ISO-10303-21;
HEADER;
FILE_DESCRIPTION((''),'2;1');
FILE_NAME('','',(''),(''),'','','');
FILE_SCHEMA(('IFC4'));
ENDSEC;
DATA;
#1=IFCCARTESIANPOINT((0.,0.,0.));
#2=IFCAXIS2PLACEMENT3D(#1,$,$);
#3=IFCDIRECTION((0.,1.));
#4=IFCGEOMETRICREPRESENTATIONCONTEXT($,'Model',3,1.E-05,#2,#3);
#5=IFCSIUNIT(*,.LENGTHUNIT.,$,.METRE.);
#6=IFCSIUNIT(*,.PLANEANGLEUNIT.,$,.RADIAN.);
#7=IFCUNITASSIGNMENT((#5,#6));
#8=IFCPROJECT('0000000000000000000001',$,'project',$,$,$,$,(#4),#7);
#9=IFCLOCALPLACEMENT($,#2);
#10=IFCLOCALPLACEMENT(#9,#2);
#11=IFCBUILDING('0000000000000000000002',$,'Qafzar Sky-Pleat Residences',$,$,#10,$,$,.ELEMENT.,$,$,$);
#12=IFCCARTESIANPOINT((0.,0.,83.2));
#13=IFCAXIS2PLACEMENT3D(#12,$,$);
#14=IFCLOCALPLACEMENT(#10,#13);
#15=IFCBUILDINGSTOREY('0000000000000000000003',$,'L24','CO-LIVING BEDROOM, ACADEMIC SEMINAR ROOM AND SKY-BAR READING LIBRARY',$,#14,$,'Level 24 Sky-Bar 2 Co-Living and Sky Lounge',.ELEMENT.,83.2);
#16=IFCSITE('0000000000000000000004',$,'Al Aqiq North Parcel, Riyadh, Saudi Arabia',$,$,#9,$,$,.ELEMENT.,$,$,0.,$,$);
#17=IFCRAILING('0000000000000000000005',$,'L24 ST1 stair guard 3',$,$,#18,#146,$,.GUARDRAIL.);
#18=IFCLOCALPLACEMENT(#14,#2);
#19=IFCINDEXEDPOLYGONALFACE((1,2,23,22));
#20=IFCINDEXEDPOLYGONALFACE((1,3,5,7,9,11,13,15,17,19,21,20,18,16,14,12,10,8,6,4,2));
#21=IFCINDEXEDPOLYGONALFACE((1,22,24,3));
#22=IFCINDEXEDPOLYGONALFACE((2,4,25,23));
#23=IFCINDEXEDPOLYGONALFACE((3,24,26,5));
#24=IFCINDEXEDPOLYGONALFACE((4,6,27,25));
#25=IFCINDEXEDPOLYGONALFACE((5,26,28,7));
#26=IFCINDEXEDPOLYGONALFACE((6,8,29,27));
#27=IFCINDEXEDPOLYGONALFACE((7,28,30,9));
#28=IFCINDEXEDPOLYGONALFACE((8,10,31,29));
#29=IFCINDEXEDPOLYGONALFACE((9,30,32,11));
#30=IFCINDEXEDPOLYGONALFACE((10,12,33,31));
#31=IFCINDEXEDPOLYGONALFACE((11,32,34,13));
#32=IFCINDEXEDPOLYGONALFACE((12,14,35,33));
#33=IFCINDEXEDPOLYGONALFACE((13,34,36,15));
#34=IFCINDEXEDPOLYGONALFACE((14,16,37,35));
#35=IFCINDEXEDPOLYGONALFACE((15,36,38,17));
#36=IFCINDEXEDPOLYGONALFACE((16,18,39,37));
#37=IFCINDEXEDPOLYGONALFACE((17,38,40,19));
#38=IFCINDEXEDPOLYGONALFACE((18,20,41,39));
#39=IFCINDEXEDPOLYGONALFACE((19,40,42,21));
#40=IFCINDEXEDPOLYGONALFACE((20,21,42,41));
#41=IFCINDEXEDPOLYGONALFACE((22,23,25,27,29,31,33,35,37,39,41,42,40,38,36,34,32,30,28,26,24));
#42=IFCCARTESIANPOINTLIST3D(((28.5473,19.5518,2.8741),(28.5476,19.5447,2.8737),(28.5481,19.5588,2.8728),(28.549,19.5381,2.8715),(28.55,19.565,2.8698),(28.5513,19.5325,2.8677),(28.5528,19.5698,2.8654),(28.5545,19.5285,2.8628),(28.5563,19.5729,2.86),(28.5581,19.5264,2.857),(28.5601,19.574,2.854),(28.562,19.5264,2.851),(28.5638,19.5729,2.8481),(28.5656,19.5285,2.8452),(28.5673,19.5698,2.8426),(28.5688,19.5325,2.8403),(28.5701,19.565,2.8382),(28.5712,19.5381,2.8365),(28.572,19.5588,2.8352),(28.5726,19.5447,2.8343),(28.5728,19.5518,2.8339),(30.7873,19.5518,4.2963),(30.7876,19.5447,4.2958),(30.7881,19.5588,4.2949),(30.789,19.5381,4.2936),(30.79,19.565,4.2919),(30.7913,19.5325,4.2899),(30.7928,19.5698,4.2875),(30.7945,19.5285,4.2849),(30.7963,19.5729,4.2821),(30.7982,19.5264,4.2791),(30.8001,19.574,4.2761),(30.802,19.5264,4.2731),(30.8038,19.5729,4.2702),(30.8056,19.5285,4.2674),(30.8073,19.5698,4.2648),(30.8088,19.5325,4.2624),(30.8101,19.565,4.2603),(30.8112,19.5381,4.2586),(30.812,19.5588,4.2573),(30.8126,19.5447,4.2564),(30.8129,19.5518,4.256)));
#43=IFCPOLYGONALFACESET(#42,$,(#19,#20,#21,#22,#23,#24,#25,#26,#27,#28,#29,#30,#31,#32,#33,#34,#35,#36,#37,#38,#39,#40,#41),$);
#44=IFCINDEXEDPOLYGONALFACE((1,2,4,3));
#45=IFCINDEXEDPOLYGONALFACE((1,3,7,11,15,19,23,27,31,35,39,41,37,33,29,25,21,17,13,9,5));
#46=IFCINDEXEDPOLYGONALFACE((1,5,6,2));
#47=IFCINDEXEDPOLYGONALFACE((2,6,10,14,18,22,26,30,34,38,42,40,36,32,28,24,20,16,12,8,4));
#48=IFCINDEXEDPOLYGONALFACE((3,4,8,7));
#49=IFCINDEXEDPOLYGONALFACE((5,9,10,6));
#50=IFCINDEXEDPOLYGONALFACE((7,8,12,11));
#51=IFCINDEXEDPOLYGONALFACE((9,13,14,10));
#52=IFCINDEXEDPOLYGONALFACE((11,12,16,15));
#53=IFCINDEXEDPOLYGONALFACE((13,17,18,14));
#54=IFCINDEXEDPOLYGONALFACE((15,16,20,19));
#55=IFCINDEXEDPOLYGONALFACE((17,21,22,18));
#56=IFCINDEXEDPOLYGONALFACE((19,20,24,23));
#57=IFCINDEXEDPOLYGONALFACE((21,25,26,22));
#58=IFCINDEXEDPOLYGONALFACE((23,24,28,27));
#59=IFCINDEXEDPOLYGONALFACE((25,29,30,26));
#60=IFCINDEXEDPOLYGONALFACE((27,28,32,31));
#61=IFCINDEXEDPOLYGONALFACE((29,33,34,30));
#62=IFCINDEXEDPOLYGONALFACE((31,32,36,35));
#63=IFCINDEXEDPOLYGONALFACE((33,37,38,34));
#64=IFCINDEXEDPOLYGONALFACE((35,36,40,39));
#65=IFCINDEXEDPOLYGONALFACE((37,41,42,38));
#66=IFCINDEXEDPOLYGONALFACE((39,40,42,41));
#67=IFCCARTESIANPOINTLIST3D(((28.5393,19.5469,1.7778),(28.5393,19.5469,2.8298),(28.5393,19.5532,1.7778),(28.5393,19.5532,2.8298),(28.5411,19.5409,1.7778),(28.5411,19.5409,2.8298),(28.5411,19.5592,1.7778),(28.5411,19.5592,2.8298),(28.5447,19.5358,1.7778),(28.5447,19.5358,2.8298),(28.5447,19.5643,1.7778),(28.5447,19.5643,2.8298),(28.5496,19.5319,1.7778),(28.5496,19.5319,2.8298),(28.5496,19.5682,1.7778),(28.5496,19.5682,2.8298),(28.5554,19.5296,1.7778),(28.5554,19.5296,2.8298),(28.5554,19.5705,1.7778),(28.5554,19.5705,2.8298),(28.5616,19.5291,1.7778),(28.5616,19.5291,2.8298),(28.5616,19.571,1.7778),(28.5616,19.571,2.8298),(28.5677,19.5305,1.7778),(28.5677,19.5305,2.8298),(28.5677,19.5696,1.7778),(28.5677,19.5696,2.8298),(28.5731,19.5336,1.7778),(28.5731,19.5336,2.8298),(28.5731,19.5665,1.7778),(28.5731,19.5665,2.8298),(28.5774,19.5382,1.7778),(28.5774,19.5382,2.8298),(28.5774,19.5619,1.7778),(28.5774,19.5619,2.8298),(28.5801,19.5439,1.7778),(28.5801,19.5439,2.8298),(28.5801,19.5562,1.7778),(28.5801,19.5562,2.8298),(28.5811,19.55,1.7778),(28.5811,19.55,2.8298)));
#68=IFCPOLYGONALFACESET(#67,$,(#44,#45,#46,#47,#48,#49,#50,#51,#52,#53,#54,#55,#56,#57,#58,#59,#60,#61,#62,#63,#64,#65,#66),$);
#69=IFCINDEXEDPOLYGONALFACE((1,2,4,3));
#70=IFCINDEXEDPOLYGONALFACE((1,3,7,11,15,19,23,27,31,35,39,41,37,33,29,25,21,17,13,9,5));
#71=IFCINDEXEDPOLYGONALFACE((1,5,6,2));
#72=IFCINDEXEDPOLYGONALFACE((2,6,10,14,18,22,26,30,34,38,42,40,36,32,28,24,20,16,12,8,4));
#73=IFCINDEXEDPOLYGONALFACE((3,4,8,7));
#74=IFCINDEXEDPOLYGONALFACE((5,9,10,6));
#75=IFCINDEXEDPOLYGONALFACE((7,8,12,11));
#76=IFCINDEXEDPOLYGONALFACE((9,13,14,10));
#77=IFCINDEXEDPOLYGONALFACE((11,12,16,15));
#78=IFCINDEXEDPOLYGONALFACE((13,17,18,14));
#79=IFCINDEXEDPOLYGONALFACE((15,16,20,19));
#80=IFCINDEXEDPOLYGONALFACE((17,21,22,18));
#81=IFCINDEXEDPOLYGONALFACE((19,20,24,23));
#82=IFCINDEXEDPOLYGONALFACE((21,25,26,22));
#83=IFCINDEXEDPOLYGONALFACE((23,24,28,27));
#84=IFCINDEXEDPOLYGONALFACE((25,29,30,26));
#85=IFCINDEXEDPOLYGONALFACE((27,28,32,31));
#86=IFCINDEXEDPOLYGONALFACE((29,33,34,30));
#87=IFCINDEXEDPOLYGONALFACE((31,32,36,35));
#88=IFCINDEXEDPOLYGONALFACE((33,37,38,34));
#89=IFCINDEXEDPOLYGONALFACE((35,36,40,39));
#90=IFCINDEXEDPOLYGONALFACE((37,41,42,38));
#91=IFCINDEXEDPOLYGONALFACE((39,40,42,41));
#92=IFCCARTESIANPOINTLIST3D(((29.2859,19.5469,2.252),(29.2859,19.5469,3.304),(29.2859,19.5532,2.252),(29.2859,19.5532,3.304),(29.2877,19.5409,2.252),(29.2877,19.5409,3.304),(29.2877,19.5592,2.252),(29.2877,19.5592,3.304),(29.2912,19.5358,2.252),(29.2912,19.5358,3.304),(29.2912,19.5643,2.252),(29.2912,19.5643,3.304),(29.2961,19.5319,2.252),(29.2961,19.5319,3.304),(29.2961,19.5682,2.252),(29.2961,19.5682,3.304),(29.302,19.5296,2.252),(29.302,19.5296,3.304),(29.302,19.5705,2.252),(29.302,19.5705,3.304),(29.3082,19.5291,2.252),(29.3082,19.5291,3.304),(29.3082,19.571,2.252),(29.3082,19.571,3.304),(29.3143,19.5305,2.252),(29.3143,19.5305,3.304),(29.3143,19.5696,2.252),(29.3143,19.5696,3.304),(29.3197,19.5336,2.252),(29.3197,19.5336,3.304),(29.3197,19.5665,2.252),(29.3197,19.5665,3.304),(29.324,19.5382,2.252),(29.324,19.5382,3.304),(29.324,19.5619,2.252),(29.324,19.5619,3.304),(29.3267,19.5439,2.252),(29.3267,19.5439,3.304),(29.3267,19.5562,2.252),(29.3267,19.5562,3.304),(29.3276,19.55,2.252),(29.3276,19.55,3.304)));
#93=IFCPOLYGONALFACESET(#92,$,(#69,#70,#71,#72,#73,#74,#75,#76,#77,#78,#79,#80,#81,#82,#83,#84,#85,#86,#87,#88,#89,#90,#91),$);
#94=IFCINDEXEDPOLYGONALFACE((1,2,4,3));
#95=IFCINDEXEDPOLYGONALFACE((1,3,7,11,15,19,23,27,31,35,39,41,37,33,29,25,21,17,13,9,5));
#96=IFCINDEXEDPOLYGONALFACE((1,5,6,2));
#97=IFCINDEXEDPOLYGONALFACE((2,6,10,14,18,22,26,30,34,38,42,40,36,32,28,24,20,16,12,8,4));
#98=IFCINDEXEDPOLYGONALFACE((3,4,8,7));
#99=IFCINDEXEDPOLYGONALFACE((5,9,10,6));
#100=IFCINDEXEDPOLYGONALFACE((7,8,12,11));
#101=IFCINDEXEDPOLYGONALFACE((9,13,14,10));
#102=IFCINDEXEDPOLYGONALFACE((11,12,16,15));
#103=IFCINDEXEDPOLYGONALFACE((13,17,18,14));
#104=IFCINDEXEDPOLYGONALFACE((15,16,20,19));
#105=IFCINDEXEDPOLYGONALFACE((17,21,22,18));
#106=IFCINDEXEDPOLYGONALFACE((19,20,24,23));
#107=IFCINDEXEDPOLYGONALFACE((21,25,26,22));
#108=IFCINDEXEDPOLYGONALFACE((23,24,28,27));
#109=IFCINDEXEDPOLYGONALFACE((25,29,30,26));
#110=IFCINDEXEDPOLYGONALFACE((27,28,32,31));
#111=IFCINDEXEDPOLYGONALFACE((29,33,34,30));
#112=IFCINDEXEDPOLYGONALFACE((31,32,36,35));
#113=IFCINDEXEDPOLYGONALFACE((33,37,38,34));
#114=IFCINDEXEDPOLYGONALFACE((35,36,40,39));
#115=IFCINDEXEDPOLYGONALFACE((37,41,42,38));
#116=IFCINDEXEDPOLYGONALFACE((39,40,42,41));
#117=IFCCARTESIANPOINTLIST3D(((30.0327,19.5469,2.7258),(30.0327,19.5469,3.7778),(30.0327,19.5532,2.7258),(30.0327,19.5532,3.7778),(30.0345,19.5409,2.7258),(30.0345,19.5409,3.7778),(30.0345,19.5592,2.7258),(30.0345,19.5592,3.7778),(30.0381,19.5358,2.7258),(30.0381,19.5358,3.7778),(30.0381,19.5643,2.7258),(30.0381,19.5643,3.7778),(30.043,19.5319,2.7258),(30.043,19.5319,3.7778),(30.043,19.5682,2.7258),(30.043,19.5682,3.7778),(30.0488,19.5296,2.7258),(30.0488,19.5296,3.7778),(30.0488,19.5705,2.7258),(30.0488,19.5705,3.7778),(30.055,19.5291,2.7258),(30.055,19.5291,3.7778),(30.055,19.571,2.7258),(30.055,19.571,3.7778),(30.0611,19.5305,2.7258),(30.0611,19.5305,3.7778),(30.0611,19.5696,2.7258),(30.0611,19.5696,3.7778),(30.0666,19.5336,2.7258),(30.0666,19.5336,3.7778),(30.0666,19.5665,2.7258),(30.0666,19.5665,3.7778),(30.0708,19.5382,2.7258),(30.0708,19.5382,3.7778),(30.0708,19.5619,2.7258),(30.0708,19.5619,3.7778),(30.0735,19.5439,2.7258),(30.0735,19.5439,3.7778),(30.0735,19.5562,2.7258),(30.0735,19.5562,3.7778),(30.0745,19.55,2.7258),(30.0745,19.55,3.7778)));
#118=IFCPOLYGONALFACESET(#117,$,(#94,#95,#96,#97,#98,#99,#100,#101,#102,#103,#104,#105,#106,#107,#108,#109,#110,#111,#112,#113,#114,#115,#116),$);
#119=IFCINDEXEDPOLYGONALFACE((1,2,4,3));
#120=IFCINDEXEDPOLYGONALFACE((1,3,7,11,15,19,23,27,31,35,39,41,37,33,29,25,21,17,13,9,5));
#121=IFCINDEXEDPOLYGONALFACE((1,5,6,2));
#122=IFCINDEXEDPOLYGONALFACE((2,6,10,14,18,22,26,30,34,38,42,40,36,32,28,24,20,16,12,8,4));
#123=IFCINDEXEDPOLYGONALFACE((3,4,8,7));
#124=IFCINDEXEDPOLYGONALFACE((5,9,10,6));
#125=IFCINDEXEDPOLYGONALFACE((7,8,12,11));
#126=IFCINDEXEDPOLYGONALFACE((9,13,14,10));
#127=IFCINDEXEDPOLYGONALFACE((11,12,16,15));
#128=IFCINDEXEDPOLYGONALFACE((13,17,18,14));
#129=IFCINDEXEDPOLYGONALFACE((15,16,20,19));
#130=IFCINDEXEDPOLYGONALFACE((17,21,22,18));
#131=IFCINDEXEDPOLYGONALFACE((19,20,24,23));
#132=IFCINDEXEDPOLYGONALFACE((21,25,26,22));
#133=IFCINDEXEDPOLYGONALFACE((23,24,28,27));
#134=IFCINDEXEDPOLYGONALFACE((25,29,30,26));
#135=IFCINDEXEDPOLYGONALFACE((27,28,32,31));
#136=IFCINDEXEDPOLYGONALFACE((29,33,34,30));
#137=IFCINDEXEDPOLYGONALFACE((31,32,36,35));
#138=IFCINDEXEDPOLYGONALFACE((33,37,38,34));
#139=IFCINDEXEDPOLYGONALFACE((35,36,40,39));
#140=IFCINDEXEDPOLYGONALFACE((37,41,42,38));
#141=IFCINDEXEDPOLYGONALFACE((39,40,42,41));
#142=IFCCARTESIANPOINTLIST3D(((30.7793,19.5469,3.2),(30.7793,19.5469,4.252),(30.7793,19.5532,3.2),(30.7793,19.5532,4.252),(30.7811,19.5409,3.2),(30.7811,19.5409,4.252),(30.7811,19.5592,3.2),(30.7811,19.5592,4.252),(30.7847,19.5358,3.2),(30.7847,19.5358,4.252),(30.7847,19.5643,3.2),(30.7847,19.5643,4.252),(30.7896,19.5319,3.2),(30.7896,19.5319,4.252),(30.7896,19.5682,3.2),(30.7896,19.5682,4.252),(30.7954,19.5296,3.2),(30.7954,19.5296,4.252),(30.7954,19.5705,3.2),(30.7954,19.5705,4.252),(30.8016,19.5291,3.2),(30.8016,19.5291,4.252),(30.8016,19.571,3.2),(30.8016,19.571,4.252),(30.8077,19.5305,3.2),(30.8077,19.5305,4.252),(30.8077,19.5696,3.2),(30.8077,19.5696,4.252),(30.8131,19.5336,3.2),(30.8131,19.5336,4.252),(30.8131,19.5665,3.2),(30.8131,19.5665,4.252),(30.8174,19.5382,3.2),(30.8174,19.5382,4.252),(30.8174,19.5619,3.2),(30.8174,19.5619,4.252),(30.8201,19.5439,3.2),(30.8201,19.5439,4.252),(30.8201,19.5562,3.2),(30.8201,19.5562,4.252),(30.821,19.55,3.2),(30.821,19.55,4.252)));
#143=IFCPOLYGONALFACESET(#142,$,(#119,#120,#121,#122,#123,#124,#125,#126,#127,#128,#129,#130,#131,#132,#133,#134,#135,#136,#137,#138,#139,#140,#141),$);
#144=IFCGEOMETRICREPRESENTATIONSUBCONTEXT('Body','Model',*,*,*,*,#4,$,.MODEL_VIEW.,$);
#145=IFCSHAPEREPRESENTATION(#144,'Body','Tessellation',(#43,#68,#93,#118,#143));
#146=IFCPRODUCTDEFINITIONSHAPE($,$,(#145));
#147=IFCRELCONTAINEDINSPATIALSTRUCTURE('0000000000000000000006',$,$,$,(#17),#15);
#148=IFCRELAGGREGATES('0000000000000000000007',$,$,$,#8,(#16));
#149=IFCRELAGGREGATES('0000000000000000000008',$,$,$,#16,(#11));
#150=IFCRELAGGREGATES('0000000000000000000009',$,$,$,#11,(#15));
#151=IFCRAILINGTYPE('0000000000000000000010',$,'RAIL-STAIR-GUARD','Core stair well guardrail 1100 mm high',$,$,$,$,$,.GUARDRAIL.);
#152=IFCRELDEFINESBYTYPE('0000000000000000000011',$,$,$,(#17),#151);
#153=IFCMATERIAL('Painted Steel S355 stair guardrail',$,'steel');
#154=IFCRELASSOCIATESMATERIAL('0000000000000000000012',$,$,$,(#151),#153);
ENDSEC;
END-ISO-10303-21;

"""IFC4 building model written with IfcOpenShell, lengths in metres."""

from ifc_helpers import new_model, si_unit, direction, frame, origin, origin_2d, place, context, subcontext, project, spatial, circle, extrude, source, transform, mapped, material, type_object, element, save


model = new_model("IFC4")

# Units and contexts
model_context = context("Model", 3, precision=1e-05, world=origin(), true_north=direction((0.0, 1.0)))
body_context = subcontext(model_context, "Body", "Model", "MODEL_VIEW")
ifc_project = project(units=[si_unit("LENGTHUNIT", "METRE"), si_unit("PLANEANGLEUNIT", "RADIAN")], contexts=[model_context])

# Site, building, storey
site_placement = place(None, origin())
site = spatial("IfcSite", under=ifc_project, at=site_placement, Name="Al Aqiq North Parcel, Riyadh, Saudi Arabia", CompositionType="ELEMENT", RefElevation=0.0)
building_placement = place(site_placement, origin())
building = spatial("IfcBuilding", under=site, at=building_placement, Name="Qafzar Sky-Pleat Residences", CompositionType="ELEMENT")
storey_placement = place(building_placement, frame((0.0, 0.0, 83.2)))
storey = spatial("IfcBuildingStorey", under=building, at=storey_placement, Name="L24", Description="CO-LIVING BEDROOM, ACADEMIC SEMINAR ROOM AND SKY-BAR READING LIBRARY", LongName="Level 24 Sky-Bar 2 Co-Living and Sky Lounge", CompositionType="ELEMENT", Elevation=83.2)

# Railing
ifc_material_1 = material(Name="Painted Steel S355 stair guardrail", Category="steel")
railing_type_1 = type_object("IfcRailingType", Name="RAIL-STAIR-GUARD", Description="Core stair well guardrail 1100 mm high", PredefinedType="GUARDRAIL", material=ifc_material_1)
shared_shape_1 = source(origin(), body_context, "Body", "SweptSolid", [
    extrude(circle(Radius=0.0239, at=origin_2d()), frame((0.0, 0.0, 1.0762), z_axis=(0.844229, 0.0, 0.535982), x_axis=(0.0, 1.0, 0.0)), (0.0, 0.0, 1.0), 2.6533),
    extrude(circle(Radius=0.021, at=origin_2d()), origin(), (0.0, 0.0, 1.0), 1.052),
    extrude(circle(Radius=0.021, at=origin_2d()), frame((0.7466, 0.0, 0.4741)), (0.0, 0.0, 1.0), 1.052),
    extrude(circle(Radius=0.021, at=origin_2d()), frame((1.4934, 0.0, 0.948)), (0.0, 0.0, 1.0), 1.052),
    extrude(circle(Radius=0.021, at=origin_2d()), frame((2.24, 0.0, 1.4221)), (0.0, 0.0, 1.0), 1.052),
])
railing_1_placement = place(storey_placement, frame((28.5601, 19.55, 1.7778)))
element("IfcRailing", 1, at=railing_1_placement, inside=storey, type_object=railing_type_1, Name="L24 ST1 stair guard 3", PredefinedType="GUARDRAIL", context=body_context, shape_type="MappedRepresentation", body=[
    mapped(shared_shape_1, transform((0.0, 0.0, 0.0), x_axis=(1.0, 0.0, 0.0), y_axis=(0.0, 1.0, 0.0), z_axis=(0.0, 0.0, 1.0), scale=1.0)),
])

save(model, "model.ifc")
